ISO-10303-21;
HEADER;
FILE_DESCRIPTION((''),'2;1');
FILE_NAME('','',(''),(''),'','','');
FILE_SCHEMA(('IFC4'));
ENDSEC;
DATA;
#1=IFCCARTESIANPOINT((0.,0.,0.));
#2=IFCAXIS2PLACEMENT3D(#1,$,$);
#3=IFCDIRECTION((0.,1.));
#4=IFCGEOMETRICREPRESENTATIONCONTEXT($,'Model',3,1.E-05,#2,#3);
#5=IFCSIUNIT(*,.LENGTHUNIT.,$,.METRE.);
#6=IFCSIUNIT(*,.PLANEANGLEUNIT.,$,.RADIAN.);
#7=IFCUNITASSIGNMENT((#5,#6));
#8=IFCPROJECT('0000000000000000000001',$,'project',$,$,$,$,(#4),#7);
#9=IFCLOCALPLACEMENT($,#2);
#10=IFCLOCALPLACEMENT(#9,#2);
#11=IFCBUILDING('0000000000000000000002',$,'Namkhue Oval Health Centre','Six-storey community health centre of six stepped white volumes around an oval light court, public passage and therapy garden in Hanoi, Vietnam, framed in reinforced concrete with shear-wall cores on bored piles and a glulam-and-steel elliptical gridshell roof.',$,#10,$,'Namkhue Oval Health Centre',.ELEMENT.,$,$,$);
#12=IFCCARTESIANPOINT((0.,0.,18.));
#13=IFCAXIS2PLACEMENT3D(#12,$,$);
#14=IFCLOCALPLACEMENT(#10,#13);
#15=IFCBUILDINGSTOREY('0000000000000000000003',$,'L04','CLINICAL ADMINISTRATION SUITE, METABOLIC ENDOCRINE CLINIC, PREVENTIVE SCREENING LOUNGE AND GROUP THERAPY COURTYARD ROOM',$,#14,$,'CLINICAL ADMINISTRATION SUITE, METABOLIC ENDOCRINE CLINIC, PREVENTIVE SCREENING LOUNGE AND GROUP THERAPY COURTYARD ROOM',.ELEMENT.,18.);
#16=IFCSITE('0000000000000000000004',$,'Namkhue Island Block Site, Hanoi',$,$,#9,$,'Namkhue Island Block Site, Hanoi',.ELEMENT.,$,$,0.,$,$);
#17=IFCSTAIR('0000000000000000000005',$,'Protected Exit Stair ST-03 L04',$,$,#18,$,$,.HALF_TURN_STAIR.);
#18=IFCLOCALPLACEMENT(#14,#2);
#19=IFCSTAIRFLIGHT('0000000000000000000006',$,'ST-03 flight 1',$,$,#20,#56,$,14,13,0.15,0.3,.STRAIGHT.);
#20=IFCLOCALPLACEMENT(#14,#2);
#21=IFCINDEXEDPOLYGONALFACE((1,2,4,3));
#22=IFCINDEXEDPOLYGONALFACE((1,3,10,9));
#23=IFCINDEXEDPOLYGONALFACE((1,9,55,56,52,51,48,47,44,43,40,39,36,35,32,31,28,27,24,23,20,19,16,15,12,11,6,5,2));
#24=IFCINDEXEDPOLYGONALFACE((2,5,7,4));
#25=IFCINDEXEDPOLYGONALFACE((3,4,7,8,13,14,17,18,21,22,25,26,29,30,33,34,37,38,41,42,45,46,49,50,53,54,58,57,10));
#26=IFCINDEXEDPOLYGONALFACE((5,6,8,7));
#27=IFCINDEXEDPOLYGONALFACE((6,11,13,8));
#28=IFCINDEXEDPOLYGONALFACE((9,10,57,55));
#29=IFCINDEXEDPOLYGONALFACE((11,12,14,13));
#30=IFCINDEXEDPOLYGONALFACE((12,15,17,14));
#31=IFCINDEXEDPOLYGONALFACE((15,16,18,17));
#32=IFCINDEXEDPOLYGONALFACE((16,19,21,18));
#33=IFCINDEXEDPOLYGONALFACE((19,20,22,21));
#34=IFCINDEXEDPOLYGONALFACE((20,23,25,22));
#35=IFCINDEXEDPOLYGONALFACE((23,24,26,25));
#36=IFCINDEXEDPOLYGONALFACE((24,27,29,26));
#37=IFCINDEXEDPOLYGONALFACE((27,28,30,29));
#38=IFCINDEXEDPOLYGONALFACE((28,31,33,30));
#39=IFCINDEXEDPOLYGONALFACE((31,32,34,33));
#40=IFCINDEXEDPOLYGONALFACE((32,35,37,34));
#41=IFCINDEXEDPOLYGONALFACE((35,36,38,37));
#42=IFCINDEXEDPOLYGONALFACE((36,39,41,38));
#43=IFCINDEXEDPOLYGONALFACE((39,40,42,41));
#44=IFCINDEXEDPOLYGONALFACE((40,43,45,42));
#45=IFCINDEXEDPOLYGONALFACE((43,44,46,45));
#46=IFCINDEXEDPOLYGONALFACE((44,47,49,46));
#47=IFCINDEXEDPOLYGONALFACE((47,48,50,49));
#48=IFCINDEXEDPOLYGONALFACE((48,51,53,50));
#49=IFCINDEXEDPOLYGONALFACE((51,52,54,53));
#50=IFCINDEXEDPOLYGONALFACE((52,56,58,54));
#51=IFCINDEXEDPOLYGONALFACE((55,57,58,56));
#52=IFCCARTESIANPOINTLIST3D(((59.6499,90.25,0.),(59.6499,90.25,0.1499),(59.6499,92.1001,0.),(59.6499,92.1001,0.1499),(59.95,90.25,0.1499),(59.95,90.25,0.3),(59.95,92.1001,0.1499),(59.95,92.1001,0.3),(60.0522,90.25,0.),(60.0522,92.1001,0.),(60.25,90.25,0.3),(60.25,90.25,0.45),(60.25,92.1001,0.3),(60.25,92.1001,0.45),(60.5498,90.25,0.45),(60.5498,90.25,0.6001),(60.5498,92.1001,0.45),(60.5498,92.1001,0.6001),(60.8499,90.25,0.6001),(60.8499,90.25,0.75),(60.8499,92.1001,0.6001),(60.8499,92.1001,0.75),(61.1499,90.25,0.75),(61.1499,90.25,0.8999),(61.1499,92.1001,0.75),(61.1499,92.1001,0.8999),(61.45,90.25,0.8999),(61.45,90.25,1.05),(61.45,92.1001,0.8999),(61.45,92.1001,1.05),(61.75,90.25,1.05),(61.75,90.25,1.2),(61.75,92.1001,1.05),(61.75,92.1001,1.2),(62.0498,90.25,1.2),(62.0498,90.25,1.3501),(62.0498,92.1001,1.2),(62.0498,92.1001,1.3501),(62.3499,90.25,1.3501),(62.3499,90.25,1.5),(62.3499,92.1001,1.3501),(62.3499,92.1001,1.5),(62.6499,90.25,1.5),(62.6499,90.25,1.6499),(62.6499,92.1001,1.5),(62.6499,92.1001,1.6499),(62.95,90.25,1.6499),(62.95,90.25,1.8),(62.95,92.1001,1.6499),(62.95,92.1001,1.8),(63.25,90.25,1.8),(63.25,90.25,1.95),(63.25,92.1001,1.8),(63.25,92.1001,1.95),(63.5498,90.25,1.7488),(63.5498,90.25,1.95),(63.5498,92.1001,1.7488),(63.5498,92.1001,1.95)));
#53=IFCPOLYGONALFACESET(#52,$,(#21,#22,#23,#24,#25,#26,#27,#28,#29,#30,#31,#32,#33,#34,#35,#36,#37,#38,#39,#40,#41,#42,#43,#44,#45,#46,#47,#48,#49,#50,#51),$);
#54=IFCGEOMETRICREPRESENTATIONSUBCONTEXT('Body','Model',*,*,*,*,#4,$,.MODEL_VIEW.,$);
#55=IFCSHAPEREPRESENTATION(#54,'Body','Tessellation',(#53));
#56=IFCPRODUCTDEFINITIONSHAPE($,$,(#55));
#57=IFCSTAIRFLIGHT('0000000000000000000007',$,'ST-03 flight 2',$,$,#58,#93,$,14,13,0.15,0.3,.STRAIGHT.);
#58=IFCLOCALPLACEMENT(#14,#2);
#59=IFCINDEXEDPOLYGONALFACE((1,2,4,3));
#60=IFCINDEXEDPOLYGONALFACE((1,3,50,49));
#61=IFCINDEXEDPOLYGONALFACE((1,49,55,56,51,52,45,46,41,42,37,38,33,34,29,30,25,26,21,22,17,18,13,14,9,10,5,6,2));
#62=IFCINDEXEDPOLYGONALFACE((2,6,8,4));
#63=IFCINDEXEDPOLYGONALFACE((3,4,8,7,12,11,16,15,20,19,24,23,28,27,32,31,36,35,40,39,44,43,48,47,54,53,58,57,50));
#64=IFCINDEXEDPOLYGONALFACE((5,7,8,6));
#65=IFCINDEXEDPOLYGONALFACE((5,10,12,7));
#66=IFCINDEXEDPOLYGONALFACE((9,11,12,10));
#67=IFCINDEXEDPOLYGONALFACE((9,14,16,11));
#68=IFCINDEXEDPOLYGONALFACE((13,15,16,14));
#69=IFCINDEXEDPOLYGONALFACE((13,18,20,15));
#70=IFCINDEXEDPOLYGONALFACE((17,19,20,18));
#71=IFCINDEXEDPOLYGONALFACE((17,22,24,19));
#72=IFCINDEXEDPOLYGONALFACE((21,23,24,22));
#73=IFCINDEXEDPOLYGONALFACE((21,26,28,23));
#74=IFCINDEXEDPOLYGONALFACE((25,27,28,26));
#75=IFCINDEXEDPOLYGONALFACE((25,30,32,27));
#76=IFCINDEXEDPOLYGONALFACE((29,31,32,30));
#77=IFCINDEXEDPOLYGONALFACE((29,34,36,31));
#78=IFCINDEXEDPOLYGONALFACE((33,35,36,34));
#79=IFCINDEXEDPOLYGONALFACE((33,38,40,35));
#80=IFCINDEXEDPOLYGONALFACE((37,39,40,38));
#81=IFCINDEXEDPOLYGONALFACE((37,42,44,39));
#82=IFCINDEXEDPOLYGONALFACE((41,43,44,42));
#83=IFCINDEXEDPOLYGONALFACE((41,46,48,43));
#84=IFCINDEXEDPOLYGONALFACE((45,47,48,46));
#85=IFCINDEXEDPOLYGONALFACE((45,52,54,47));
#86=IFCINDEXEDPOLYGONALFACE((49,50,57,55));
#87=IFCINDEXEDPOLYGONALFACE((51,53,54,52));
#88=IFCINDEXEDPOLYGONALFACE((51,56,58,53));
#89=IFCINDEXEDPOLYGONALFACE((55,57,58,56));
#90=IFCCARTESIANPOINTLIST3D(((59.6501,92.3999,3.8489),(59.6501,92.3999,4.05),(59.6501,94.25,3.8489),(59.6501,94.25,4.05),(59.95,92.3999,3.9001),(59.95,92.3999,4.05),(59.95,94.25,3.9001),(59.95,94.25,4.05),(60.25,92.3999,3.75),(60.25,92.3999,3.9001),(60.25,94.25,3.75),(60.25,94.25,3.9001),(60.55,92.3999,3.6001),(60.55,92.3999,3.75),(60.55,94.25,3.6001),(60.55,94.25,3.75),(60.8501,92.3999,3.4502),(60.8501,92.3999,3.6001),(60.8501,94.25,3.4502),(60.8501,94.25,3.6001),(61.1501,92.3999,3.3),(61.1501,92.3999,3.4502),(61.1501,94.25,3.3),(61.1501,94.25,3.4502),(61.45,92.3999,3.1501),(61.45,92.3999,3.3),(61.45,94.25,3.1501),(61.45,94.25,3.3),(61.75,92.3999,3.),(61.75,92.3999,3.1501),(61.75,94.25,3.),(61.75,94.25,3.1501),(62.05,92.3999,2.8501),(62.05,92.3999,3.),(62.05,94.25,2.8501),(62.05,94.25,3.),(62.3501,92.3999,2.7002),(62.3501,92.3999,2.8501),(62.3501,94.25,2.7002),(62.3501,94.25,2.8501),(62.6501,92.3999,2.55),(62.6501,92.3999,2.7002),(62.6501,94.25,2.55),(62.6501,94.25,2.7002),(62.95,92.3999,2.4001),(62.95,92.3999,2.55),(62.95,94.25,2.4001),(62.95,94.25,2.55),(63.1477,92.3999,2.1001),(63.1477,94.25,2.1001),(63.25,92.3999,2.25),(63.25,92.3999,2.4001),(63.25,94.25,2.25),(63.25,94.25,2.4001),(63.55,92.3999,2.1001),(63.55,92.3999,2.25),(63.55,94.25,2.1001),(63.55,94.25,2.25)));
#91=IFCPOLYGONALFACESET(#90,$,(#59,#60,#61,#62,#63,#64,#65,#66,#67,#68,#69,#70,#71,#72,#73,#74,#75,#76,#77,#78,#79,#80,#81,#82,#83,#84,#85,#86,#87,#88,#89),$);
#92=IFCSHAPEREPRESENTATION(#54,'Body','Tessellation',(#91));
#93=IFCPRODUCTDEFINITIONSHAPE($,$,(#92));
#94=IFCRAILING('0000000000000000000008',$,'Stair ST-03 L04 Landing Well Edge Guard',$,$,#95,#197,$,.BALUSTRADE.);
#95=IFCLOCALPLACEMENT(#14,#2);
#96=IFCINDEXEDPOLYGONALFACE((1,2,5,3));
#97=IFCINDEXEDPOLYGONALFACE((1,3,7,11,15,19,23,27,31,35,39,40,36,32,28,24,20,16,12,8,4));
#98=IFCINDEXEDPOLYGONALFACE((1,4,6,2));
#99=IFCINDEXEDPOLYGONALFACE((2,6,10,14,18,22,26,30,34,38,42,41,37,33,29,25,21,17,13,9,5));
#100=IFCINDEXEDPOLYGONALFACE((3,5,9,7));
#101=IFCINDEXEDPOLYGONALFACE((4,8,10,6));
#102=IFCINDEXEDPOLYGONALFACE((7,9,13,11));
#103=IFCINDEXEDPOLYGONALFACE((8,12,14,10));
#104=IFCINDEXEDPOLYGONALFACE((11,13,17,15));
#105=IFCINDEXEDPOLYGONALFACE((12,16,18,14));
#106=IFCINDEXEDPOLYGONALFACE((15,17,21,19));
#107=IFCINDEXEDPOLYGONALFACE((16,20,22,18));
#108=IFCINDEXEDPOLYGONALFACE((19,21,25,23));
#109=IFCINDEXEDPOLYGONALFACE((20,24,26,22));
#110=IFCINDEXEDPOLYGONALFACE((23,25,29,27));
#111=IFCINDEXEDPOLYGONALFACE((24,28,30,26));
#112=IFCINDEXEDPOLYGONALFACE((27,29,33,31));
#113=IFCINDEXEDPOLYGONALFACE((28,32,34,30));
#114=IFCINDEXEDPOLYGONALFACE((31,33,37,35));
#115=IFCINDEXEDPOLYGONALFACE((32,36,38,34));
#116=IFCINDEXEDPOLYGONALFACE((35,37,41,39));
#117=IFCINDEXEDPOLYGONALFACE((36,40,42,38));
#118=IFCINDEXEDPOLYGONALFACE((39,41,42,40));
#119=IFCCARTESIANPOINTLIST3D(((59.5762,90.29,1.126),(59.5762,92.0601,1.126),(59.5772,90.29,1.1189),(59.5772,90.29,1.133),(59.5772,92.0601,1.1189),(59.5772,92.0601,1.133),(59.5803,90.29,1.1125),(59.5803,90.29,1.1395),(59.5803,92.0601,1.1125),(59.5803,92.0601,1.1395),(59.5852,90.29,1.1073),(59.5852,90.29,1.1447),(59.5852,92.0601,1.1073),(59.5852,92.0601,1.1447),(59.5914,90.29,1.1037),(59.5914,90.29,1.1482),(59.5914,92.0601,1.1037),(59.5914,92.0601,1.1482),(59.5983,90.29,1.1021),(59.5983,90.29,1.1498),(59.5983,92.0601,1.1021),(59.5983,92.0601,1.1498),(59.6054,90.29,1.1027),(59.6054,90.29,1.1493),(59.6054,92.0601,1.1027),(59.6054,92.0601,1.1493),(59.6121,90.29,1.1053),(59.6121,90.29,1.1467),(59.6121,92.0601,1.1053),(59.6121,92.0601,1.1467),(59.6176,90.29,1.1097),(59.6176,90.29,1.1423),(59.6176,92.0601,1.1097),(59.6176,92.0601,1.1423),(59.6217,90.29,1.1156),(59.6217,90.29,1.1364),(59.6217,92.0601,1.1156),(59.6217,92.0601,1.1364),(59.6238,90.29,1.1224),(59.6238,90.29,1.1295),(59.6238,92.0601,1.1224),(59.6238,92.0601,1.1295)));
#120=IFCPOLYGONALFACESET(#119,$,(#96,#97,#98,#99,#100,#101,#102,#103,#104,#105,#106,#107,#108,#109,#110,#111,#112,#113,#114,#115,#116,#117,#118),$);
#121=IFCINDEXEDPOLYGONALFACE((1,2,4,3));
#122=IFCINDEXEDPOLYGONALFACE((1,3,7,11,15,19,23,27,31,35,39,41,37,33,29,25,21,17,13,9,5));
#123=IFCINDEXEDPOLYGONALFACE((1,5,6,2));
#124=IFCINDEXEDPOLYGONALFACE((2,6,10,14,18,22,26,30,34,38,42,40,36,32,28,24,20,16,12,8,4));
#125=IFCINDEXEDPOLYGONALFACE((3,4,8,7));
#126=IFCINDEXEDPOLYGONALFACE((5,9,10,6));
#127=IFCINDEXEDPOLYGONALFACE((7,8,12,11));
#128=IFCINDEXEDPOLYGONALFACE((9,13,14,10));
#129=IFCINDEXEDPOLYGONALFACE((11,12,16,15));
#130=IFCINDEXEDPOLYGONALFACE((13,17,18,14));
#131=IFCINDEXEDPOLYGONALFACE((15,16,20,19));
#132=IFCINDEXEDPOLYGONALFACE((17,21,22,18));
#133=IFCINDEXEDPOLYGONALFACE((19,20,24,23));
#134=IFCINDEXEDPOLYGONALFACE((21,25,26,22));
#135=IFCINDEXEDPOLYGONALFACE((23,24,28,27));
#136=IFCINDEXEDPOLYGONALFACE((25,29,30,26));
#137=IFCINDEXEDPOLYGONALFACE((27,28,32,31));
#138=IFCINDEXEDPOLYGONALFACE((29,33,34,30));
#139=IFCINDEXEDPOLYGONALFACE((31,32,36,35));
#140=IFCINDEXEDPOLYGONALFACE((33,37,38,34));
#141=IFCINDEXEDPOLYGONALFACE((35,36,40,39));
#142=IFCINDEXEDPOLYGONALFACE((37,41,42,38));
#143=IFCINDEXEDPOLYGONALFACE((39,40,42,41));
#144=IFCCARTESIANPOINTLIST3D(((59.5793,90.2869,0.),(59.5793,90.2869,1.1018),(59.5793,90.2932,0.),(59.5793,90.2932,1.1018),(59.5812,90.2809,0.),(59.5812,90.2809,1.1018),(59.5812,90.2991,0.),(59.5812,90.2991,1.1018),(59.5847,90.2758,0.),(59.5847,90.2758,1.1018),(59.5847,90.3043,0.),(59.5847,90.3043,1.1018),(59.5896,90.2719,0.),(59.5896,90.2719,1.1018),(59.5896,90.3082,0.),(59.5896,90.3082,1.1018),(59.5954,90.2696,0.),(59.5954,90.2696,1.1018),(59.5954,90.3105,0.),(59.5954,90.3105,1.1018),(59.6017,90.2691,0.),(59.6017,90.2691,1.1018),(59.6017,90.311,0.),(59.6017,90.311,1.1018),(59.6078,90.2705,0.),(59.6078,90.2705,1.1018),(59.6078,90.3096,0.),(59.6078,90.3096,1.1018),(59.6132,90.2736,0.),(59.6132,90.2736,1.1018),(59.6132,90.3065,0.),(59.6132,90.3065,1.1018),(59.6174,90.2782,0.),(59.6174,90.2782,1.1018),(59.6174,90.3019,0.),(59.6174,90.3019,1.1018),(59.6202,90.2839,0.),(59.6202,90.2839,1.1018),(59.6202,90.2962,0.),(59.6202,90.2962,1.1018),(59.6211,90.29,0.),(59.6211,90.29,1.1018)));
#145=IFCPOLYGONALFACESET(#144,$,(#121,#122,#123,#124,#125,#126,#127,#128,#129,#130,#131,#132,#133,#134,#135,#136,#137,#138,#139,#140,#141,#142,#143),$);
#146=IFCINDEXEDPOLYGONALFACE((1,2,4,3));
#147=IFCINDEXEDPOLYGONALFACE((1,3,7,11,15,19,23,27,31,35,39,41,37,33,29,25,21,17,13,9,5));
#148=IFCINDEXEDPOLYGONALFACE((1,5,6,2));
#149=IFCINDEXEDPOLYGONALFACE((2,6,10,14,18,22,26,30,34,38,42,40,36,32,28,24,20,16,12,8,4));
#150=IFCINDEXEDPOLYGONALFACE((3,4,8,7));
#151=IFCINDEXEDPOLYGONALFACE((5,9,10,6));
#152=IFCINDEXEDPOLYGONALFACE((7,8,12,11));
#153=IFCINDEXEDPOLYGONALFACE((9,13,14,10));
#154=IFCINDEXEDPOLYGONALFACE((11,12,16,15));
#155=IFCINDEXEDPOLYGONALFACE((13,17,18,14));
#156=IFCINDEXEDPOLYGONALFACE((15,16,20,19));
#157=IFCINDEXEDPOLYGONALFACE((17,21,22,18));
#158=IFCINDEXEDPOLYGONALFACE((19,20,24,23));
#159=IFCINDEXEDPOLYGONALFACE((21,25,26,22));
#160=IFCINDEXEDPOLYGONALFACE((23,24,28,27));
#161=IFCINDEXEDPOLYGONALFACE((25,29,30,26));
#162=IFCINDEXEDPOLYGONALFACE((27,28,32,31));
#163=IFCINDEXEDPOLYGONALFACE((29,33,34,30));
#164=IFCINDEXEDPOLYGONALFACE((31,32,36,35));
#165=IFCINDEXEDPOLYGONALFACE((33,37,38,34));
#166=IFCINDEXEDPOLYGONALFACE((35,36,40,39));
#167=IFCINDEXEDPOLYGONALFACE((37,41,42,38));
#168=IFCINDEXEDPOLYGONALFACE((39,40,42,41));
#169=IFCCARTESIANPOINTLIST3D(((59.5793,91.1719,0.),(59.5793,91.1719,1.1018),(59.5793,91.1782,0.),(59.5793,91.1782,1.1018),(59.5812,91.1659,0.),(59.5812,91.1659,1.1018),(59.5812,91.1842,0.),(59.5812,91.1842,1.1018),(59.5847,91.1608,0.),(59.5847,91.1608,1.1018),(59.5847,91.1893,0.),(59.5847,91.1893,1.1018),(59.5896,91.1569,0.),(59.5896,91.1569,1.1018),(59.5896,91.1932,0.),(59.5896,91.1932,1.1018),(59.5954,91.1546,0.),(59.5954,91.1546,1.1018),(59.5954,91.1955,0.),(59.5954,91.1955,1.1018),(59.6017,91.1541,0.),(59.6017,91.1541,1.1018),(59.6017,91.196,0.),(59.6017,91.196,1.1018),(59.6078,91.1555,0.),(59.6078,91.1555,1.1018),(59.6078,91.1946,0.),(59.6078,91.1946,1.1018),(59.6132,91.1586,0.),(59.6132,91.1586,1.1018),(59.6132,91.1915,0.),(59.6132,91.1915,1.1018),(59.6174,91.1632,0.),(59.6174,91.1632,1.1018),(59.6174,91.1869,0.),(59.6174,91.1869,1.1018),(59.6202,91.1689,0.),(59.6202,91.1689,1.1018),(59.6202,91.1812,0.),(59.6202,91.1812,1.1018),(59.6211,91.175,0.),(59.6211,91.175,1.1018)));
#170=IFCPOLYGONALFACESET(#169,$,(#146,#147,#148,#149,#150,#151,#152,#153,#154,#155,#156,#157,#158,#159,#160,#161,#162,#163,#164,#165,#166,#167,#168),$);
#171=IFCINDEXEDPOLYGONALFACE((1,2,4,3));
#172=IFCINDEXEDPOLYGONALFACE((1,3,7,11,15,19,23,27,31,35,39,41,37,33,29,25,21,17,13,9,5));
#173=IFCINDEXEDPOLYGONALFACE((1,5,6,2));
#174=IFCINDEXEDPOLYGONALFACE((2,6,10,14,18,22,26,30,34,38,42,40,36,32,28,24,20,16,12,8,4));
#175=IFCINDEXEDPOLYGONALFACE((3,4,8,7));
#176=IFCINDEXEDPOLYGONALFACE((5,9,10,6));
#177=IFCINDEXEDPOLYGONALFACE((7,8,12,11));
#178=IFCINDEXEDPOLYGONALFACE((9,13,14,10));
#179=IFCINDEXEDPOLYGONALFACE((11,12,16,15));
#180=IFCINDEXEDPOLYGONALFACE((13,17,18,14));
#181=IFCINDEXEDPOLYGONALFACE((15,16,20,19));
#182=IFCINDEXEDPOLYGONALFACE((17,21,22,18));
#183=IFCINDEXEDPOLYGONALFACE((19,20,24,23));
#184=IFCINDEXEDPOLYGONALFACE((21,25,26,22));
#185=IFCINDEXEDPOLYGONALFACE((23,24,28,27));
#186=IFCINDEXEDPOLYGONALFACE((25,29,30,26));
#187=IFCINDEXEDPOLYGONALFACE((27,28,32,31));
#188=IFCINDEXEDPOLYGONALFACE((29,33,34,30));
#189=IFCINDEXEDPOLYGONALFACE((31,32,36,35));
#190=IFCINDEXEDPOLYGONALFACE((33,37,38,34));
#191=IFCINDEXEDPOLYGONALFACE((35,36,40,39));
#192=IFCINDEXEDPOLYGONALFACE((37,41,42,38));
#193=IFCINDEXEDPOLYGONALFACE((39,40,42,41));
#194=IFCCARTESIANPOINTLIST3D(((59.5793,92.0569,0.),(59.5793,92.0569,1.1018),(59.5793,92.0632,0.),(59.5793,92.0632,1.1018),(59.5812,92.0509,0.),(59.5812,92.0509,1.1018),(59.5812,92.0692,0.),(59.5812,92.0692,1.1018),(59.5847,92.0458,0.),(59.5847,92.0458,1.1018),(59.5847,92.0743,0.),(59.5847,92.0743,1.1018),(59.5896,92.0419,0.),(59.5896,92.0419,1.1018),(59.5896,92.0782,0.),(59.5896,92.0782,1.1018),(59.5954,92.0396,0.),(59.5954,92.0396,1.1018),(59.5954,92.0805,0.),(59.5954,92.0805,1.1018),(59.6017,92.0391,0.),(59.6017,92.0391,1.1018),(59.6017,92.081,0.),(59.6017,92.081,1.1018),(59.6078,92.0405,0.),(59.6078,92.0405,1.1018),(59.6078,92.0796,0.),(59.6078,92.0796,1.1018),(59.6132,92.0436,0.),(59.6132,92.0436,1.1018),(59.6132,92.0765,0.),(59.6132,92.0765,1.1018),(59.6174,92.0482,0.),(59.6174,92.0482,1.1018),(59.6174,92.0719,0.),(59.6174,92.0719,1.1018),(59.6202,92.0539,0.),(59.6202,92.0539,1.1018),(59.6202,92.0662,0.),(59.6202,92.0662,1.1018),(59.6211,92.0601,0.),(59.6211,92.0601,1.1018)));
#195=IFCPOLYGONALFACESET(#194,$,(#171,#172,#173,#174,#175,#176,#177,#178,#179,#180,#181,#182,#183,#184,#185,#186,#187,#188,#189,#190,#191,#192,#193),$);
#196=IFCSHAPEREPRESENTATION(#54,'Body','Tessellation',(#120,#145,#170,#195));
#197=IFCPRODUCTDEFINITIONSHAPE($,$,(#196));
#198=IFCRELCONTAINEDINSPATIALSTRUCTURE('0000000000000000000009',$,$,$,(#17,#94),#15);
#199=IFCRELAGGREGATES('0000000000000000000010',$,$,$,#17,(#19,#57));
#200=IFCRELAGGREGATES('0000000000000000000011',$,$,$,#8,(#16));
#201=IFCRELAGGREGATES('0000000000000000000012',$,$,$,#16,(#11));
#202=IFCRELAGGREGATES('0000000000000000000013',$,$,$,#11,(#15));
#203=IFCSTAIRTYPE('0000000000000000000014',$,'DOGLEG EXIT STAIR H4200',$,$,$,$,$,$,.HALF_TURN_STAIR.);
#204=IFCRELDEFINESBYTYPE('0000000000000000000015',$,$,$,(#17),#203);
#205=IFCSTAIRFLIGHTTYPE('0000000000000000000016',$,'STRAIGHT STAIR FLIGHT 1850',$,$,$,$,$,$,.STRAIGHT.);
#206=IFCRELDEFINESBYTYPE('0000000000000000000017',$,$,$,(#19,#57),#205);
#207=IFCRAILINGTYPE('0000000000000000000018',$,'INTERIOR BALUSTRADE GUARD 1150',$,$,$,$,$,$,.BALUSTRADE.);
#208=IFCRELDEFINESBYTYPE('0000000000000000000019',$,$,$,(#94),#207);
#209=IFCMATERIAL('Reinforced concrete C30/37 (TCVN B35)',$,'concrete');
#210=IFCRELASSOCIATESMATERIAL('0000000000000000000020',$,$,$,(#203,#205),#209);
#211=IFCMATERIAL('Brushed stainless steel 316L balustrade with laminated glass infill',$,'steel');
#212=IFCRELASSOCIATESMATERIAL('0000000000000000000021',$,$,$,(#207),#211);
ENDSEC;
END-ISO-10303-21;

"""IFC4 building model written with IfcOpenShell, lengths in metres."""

from ifc_helpers import new_model, si_unit, direction, frame, origin, origin_2d, place, context, subcontext, project, spatial, polyline, circle, outline, extrude, material, type_object, element, aggregate, save


model = new_model("IFC4")

# Units and contexts
model_context = context("Model", 3, precision=1e-05, world=origin(), true_north=direction((0.0, 1.0)))
body_context = subcontext(model_context, "Body", "Model", "MODEL_VIEW")
ifc_project = project(units=[si_unit("LENGTHUNIT", "METRE"), si_unit("PLANEANGLEUNIT", "RADIAN")], contexts=[model_context])

# Site, building, storey
site_placement = place(None, origin())
site = spatial("IfcSite", under=ifc_project, at=site_placement, Name="Namkhue Island Block Site, Hanoi", LongName="Namkhue Island Block Site, Hanoi", CompositionType="ELEMENT", RefElevation=0.0)
building_placement = place(site_placement, origin())
building = spatial("IfcBuilding", under=site, at=building_placement, Name="Namkhue Oval Health Centre", Description="Six-storey community health centre of six stepped white volumes around an oval light court, public passage and therapy garden in Hanoi, Vietnam, framed in reinforced concrete with shear-wall cores on bored piles and a glulam-and-steel elliptical gridshell roof.", LongName="Namkhue Oval Health Centre", CompositionType="ELEMENT")
storey_placement = place(building_placement, frame((0.0, 0.0, 18.0)))
storey = spatial("IfcBuildingStorey", under=building, at=storey_placement, Name="L04", Description="CLINICAL ADMINISTRATION SUITE, METABOLIC ENDOCRINE CLINIC, PREVENTIVE SCREENING LOUNGE AND GROUP THERAPY COURTYARD ROOM", LongName="CLINICAL ADMINISTRATION SUITE, METABOLIC ENDOCRINE CLINIC, PREVENTIVE SCREENING LOUNGE AND GROUP THERAPY COURTYARD ROOM", CompositionType="ELEMENT", Elevation=18.0)

# Stair, stair flights
ifc_material_1 = material(Name="Reinforced concrete C30/37 (TCVN B35)", Category="concrete")
stair_type = type_object("IfcStairType", Name="DOGLEG EXIT STAIR H4200", PredefinedType="HALF_TURN_STAIR", material=ifc_material_1)
stair_placement = place(storey_placement, origin())
stair = element("IfcStair", 1, at=stair_placement, inside=storey, type_object=stair_type, Name="Protected Exit Stair ST-03 L04", PredefinedType="HALF_TURN_STAIR")
stair_flight_type = type_object("IfcStairFlightType", Name="STRAIGHT STAIR FLIGHT 1850", PredefinedType="STRAIGHT", material=ifc_material_1)
stair_flight_1_placement = place(storey_placement, frame((59.6499, 91.175, 0.0), z_axis=(0.0, 0.0, 1.0), x_axis=(1.0, 0.0, 0.0)))
stair_flight_1 = element("IfcStairFlight", 2, at=stair_flight_1_placement, type_object=stair_flight_type, Name="ST-03 flight 1", NumberOfRisers=14, NumberOfTreads=13, PredefinedType="STRAIGHT", RiserHeight=0.15, TreadLength=0.3, context=body_context, shape_type="SweptSolid", body=[
    extrude(outline(polyline([(0.0, 0.0), (0.0, 0.1499), (0.3, 0.1499), (0.3, 0.3), (0.6001, 0.3), (0.6001, 0.45), (0.8999, 0.45), (0.8999, 0.6001), (1.2, 0.6001), (1.2, 0.75), (1.5, 0.75), (1.5, 0.8999), (1.8, 0.8999), (1.8, 1.05), (2.1001, 1.05), (2.1001, 1.2), (2.3999, 1.2), (2.3999, 1.3501), (2.7, 1.3501), (2.7, 1.5), (3.0, 1.5), (3.0, 1.6499), (3.3, 1.6499), (3.3, 1.8), (3.6001, 1.8), (3.6001, 1.95), (3.8999, 1.95), (3.8999, 2.1001), (3.8999, 1.7488), (0.4023, 0.0), (0.0, 0.0)])), frame((0.0, 0.925, 0.0), z_axis=(0.0, -1.0, 0.0), x_axis=(1.0, 0.0, 0.0)), (0.0, 0.0, 1.0), 1.8501),
])
stair_flight_2_placement = place(storey_placement, frame((63.55, 93.325, 2.1001), z_axis=(0.0, 0.0, 1.0), x_axis=(-1.0, 0.0, 0.0)))
stair_flight_2 = element("IfcStairFlight", 3, at=stair_flight_2_placement, type_object=stair_flight_type, Name="ST-03 flight 2", NumberOfRisers=14, NumberOfTreads=13, PredefinedType="STRAIGHT", RiserHeight=0.15, TreadLength=0.3, context=body_context, shape_type="SweptSolid", body=[
    extrude(outline(polyline([(0.0, 0.0), (0.0, 0.1499), (0.3, 0.1499), (0.3, 0.3), (0.6001, 0.3), (0.6001, 0.45), (0.8999, 0.45), (0.8999, 0.6001), (1.2, 0.6001), (1.2, 0.75), (1.5, 0.75), (1.5, 0.8999), (1.8, 0.8999), (1.8, 1.05), (2.1001, 1.05), (2.1001, 1.2), (2.3999, 1.2), (2.3999, 1.3501), (2.7, 1.3501), (2.7, 1.5), (3.0, 1.5), (3.0, 1.6499), (3.3, 1.6499), (3.3, 1.8), (3.6001, 1.8), (3.6001, 1.95), (3.8999, 1.95), (3.8999, 2.1001), (3.8999, 1.7488), (0.4023, 0.0), (0.0, 0.0)])), frame((0.0, 0.925, 0.0), z_axis=(0.0, -1.0, 0.0), x_axis=(1.0, 0.0, 0.0)), (0.0, 0.0, 1.0), 1.8501),
])
aggregate(stair, [stair_flight_1, stair_flight_2])

# Railing
ifc_material_2 = material(Name="Brushed stainless steel 316L balustrade with laminated glass infill", Category="steel")
railing_type_1 = type_object("IfcRailingType", Name="INTERIOR BALUSTRADE GUARD 1150", PredefinedType="BALUSTRADE", material=ifc_material_2)
railing_1_placement = place(storey_placement, frame((59.6001, 90.29, 0.0)))
element("IfcRailing", 4, at=railing_1_placement, inside=storey, type_object=railing_type_1, Name="Stair ST-03 L04 Landing Well Edge Guard", PredefinedType="BALUSTRADE", context=body_context, shape_type="SweptSolid", body=[
    extrude(circle(Radius=0.0239, at=origin_2d()), frame((0.0, 0.0, 1.126), z_axis=(0.0, 1.0, 0.0), x_axis=(-1.0, 0.0, 0.0)), (0.0, 0.0, 1.0), 1.77),
    extrude(circle(Radius=0.021, at=origin_2d()), origin(), (0.0, 0.0, 1.0), 1.1018),
    extrude(circle(Radius=0.021, at=origin_2d()), frame((0.0, 0.885, 0.0)), (0.0, 0.0, 1.0), 1.1018),
    extrude(circle(Radius=0.021, at=origin_2d()), frame((0.0, 1.77, 0.0)), (0.0, 0.0, 1.0), 1.1018),
])

save(model, "model.ifc")
